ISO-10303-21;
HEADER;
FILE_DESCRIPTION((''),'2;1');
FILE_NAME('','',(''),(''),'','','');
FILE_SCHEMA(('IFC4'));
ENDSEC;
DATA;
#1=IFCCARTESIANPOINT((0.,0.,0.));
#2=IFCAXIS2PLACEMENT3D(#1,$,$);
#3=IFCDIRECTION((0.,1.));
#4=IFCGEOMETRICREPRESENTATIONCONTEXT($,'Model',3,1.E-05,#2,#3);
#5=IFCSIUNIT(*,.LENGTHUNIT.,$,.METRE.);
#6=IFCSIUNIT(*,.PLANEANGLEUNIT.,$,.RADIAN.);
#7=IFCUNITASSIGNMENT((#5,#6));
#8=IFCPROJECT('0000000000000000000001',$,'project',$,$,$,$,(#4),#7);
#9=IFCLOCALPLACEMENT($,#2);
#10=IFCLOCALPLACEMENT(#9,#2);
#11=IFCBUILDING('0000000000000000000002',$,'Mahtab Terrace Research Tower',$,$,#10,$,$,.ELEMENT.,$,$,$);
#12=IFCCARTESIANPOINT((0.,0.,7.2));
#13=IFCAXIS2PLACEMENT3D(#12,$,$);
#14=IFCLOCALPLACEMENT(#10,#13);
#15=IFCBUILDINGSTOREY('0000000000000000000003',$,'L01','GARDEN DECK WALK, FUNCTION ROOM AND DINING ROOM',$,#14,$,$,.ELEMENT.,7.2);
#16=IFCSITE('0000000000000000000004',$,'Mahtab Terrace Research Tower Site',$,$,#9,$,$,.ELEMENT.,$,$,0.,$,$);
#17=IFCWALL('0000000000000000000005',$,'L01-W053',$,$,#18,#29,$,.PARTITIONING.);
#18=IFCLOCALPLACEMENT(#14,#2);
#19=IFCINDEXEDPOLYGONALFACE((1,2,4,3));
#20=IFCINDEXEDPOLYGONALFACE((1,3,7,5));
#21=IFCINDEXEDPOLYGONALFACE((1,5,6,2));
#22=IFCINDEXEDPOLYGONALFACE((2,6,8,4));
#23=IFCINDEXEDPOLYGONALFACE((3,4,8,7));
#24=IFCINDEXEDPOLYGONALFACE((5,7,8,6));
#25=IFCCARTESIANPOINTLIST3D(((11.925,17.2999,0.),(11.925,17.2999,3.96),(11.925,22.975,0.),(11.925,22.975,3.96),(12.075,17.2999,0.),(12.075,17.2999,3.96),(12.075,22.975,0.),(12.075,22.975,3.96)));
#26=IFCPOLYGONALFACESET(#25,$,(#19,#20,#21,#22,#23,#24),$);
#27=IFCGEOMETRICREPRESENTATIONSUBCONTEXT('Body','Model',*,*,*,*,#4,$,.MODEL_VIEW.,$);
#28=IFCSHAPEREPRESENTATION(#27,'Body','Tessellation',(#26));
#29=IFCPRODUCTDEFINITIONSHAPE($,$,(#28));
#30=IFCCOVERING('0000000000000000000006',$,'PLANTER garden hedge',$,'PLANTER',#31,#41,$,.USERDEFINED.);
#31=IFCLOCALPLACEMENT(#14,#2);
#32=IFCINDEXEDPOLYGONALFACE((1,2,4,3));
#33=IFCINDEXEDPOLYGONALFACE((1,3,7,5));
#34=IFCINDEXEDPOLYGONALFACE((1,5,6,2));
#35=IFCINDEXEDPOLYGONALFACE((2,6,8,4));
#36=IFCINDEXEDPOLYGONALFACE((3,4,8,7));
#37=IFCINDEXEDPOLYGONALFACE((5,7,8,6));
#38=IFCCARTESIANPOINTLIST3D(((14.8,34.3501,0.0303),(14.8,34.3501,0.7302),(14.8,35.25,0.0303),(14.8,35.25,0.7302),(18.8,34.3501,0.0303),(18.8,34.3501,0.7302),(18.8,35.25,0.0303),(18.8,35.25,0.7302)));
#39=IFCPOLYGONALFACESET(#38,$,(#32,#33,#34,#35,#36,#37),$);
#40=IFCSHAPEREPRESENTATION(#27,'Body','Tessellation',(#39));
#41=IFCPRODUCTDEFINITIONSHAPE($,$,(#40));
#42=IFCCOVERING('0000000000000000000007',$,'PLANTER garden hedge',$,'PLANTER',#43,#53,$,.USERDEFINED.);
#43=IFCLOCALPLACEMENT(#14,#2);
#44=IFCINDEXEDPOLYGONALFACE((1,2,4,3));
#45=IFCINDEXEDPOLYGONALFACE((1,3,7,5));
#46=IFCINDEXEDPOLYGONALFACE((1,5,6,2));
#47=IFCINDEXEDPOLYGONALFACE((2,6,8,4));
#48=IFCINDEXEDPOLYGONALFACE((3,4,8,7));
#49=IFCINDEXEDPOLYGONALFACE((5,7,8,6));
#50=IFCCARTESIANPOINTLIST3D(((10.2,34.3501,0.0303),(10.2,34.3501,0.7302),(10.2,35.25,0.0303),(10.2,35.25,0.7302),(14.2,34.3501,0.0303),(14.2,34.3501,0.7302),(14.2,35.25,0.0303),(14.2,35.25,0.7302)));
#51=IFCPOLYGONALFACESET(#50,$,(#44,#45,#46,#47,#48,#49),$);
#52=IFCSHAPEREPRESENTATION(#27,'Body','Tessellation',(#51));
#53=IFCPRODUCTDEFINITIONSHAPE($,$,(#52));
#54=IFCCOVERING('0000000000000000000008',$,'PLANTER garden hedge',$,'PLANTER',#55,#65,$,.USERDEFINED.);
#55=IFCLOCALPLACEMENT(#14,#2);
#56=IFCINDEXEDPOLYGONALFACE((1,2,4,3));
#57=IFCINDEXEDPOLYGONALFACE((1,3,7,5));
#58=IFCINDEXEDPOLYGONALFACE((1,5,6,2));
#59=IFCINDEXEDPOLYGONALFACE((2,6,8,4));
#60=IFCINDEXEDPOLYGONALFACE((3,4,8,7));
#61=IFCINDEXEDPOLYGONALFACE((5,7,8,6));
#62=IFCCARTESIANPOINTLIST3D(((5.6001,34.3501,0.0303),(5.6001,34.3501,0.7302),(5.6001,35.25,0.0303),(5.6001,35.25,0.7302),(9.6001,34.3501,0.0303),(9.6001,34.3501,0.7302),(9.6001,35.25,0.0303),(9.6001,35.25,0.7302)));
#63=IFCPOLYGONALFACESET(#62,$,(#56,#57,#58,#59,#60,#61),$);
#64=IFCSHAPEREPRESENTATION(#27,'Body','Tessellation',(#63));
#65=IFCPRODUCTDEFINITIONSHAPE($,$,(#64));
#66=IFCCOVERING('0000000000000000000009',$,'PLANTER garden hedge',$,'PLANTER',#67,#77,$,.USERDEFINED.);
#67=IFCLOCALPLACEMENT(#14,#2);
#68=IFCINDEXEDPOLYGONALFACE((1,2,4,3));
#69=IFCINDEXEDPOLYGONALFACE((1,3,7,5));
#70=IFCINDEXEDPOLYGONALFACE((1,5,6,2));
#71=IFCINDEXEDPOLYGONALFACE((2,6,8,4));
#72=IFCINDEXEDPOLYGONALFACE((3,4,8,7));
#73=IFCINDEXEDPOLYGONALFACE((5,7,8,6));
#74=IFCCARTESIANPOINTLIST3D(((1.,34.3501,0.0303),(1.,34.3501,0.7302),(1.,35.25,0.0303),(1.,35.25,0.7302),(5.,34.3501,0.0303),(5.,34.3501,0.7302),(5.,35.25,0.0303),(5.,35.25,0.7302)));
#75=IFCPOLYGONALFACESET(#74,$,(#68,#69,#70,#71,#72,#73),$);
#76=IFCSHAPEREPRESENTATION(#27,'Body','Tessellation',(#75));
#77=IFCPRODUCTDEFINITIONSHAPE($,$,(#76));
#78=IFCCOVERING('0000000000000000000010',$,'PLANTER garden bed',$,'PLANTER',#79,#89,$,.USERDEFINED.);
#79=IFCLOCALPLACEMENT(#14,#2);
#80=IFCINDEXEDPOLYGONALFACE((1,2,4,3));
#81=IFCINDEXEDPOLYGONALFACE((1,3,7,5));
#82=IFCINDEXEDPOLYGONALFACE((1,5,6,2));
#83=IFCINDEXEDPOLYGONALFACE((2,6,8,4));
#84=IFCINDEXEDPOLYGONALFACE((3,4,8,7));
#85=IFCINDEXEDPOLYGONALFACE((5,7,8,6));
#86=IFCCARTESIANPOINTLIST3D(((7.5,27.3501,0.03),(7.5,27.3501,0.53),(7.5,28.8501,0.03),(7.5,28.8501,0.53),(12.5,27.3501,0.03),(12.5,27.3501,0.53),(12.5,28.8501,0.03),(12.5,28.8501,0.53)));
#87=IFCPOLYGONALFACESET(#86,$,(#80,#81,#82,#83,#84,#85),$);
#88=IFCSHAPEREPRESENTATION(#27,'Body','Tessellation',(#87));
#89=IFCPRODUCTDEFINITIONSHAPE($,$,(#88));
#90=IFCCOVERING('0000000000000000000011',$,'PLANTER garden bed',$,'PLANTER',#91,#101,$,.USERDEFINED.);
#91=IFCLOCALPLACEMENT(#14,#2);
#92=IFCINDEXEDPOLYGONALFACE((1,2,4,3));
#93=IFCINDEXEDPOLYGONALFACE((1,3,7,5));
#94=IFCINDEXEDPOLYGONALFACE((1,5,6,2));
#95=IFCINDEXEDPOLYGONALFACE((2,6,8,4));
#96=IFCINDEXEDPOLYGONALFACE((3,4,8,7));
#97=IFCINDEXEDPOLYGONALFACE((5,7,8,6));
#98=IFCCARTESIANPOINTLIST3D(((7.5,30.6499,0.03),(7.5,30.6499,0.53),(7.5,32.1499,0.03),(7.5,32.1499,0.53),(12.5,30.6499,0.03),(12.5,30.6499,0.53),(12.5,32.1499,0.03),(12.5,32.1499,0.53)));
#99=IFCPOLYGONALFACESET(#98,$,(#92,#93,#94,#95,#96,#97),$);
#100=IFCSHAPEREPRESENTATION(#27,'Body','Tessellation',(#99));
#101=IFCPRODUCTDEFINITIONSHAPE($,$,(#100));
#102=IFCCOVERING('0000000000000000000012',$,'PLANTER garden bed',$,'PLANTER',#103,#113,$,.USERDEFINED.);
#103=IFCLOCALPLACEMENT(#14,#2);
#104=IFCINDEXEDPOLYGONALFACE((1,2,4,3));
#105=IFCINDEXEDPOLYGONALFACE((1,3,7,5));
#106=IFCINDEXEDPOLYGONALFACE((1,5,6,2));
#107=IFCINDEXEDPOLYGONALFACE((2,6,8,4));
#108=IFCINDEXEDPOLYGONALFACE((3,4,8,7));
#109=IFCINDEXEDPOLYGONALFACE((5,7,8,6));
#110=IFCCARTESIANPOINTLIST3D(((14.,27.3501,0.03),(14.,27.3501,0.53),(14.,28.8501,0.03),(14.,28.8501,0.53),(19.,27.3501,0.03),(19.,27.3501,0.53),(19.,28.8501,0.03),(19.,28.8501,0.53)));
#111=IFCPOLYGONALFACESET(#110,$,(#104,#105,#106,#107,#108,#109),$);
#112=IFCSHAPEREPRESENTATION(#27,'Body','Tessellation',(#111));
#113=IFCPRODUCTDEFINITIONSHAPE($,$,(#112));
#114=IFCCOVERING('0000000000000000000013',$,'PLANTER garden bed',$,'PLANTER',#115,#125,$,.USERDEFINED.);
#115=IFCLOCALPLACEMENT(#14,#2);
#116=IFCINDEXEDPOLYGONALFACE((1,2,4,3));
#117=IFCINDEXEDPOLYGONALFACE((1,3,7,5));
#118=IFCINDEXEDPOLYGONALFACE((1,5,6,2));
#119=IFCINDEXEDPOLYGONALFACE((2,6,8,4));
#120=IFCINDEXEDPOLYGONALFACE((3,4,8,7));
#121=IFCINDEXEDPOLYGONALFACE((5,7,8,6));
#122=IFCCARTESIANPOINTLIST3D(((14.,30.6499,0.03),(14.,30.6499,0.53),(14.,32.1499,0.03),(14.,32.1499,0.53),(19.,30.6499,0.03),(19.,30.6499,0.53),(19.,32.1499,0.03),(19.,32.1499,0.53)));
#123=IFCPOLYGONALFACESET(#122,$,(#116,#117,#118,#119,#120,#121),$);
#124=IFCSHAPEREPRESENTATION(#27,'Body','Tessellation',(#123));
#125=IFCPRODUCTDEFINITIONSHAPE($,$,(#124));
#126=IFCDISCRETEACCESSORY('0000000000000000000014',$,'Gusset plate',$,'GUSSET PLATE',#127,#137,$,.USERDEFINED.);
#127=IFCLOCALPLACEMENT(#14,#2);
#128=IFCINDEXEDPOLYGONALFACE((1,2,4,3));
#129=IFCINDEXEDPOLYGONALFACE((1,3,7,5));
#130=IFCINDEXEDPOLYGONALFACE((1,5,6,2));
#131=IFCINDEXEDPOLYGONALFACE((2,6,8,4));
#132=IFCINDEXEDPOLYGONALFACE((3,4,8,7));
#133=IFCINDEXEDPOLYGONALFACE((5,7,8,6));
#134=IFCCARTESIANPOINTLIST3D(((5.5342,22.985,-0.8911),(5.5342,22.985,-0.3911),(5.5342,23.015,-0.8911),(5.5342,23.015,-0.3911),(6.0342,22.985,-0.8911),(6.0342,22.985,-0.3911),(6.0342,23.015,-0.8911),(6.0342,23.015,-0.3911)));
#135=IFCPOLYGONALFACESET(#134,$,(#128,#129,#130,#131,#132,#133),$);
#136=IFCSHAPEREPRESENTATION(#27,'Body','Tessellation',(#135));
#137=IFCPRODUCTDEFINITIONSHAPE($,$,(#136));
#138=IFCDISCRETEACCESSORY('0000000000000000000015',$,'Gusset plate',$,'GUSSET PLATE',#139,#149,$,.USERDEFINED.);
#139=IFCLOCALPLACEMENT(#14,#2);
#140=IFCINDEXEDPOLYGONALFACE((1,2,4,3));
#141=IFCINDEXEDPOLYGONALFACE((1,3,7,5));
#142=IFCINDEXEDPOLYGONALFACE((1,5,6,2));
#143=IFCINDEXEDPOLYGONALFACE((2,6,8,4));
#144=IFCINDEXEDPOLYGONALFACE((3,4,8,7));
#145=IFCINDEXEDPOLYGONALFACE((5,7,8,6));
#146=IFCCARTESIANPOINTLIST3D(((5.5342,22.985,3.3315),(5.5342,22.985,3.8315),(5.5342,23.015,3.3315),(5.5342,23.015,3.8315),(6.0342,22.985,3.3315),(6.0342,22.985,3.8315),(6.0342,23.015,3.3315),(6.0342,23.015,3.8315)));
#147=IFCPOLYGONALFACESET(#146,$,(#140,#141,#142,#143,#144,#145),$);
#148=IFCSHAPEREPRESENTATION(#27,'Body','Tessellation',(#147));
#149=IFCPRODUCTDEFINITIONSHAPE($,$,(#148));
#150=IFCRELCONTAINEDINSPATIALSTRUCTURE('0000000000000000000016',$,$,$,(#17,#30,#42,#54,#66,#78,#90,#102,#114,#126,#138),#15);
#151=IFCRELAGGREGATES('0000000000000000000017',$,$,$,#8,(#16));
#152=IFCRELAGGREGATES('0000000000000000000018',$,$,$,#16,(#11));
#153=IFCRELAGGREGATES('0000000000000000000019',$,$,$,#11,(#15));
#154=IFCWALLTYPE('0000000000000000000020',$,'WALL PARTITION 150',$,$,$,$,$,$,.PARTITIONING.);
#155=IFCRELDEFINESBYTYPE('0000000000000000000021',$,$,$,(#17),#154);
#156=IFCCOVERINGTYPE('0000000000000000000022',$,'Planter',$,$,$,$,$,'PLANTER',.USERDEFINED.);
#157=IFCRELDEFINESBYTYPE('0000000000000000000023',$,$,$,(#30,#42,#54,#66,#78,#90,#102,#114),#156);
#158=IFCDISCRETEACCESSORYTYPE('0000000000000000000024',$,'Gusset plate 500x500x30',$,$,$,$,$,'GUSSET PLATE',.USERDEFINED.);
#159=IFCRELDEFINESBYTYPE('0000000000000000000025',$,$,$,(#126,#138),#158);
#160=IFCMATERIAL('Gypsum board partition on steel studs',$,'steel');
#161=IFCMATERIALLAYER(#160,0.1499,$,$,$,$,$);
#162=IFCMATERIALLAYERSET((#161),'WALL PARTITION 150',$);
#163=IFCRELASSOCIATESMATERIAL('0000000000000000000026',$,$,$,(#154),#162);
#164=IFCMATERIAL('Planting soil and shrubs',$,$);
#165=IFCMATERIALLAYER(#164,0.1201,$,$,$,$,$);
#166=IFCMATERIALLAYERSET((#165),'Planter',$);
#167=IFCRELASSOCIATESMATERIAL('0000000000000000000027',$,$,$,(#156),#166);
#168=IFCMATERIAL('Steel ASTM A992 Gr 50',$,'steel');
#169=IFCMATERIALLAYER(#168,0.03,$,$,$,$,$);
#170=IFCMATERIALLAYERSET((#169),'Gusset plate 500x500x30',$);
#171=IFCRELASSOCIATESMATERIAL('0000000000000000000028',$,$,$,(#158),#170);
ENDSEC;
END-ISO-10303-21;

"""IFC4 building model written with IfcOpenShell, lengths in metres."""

from ifc_helpers import new_model, si_unit, direction, frame, frame_2d, origin, origin_2d, place, context, subcontext, project, spatial, rectangle, extrude, material, layer, layer_set, type_object, element, save


model = new_model("IFC4")

# Units and contexts
model_context = context("Model", 3, precision=1e-05, world=origin(), true_north=direction((0.0, 1.0)))
body_context = subcontext(model_context, "Body", "Model", "MODEL_VIEW")
ifc_project = project(units=[si_unit("LENGTHUNIT", "METRE"), si_unit("PLANEANGLEUNIT", "RADIAN")], contexts=[model_context])

# Site, building, storey
site_placement = place(None, origin())
site = spatial("IfcSite", under=ifc_project, at=site_placement, Name="Mahtab Terrace Research Tower Site", CompositionType="ELEMENT", RefElevation=0.0)
building_placement = place(site_placement, origin())
building = spatial("IfcBuilding", under=site, at=building_placement, Name="Mahtab Terrace Research Tower", CompositionType="ELEMENT")
storey_placement = place(building_placement, frame((0.0, 0.0, 7.2)))
storey = spatial("IfcBuildingStorey", under=building, at=storey_placement, Name="L01", Description="GARDEN DECK WALK, FUNCTION ROOM AND DINING ROOM", CompositionType="ELEMENT", Elevation=7.2)

# Shared definitions
ifc_material_1 = material(Name="Steel ASTM A992 Gr 50", Category="steel")

# Wall
ifc_material_2 = material(Name="Gypsum board partition on steel studs", Category="steel")
ifc_layer_1 = layer(ifc_material_2, 0.1499)
ifc_layer_set_1 = layer_set([ifc_layer_1], Name="WALL PARTITION 150")
wall_type_1 = type_object("IfcWallType", Name="WALL PARTITION 150", PredefinedType="PARTITIONING", material=ifc_layer_set_1)
for number, where, z_axis, x_axis, name in (
    (1, (12.0, 17.3, 0.0), (0.0, 0.0, 1.0), (0.0, 1.0, 0.0), "L01-W053"),
):
    element("IfcWall", number, at=place(storey_placement, frame(where, z_axis=z_axis, x_axis=x_axis)), inside=storey, type_object=wall_type_1, Name=name, PredefinedType="PARTITIONING", context=body_context, shape_type="SweptSolid", body=[
        extrude(rectangle(XDim=5.675, YDim=0.1499, at=frame_2d((2.8374, 0.0))), origin(), (0.0, 0.0, 1.0), 3.96),
    ])

# Coverings
ifc_material_3 = material(Name="Planting soil and shrubs")
ifc_layer_2 = layer(ifc_material_3, 0.1201)
ifc_layer_set_2 = layer_set([ifc_layer_2], Name="Planter")
covering_type = type_object("IfcCoveringType", Name="Planter", ElementType="PLANTER", PredefinedType="USERDEFINED", material=ifc_layer_set_2)
for number, where, z_axis, x_axis, name in (
    (2, (16.8, 34.8, 0.0303), (0.0, 0.0, 1.0), (-1.0, 0.0, 0.0), "PLANTER garden hedge"),
    (3, (12.2, 34.8, 0.0303), (0.0, 0.0, 1.0), (-1.0, 0.0, 0.0), "PLANTER garden hedge"),
    (4, (7.6001, 34.8, 0.0303), (0.0, 0.0, 1.0), (-1.0, 0.0, 0.0), "PLANTER garden hedge"),
    (5, (3.0, 34.8, 0.0303), (0.0, 0.0, 1.0), (-1.0, 0.0, 0.0), "PLANTER garden hedge"),
):
    element("IfcCovering", number, at=place(storey_placement, frame(where, z_axis=z_axis, x_axis=x_axis)), inside=storey, type_object=covering_type, Name=name, ObjectType="PLANTER", PredefinedType="USERDEFINED", context=body_context, shape_type="SweptSolid", body=[
        extrude(rectangle(XDim=4.0, YDim=0.8999, at=origin_2d()), origin(), (0.0, 0.0, 1.0), 0.7),
    ])
for number, where, z_axis, x_axis, name in (
    (6, (10.0, 28.1001, 0.03), (0.0, 0.0, 1.0), (1.0, 0.0, 0.0), "PLANTER garden bed"),
    (7, (10.0, 31.3999, 0.03), (0.0, 0.0, 1.0), (1.0, 0.0, 0.0), "PLANTER garden bed"),
    (8, (16.5, 28.1001, 0.03), (0.0, 0.0, 1.0), (1.0, 0.0, 0.0), "PLANTER garden bed"),
    (9, (16.5, 31.3999, 0.03), (0.0, 0.0, 1.0), (1.0, 0.0, 0.0), "PLANTER garden bed"),
):
    element("IfcCovering", number, at=place(storey_placement, frame(where, z_axis=z_axis, x_axis=x_axis)), inside=storey, type_object=covering_type, Name=name, ObjectType="PLANTER", PredefinedType="USERDEFINED", context=body_context, shape_type="SweptSolid", body=[
        extrude(rectangle(XDim=5.0, YDim=1.5, at=origin_2d()), origin(), (0.0, 0.0, 1.0), 0.5),
    ])

# Discrete accessories
ifc_layer_3 = layer(ifc_material_1, 0.03)
ifc_layer_set_3 = layer_set([ifc_layer_3], Name="Gusset plate 500x500x30")
discrete_accessory_type = type_object("IfcDiscreteAccessoryType", Name="Gusset plate 500x500x30", ElementType="GUSSET PLATE", PredefinedType="USERDEFINED", material=ifc_layer_set_3)
for number, where, z_axis, x_axis, name in (
    (10, (5.7842, 23.0, -0.8911), (0.0, 0.0, 1.0), (1.0, 0.0, 0.0), "Gusset plate"),
    (11, (5.7842, 23.0, 3.3315), (0.0, 0.0, 1.0), (1.0, 0.0, 0.0), "Gusset plate"),
):
    element("IfcDiscreteAccessory", number, at=place(storey_placement, frame(where, z_axis=z_axis, x_axis=x_axis)), inside=storey, type_object=discrete_accessory_type, Name=name, ObjectType="GUSSET PLATE", PredefinedType="USERDEFINED", context=body_context, shape_type="SweptSolid", body=[
        extrude(rectangle(XDim=0.5, YDim=0.03, at=origin_2d()), origin(), (0.0, 0.0, 1.0), 0.5),
    ])

save(model, "model.ifc")
